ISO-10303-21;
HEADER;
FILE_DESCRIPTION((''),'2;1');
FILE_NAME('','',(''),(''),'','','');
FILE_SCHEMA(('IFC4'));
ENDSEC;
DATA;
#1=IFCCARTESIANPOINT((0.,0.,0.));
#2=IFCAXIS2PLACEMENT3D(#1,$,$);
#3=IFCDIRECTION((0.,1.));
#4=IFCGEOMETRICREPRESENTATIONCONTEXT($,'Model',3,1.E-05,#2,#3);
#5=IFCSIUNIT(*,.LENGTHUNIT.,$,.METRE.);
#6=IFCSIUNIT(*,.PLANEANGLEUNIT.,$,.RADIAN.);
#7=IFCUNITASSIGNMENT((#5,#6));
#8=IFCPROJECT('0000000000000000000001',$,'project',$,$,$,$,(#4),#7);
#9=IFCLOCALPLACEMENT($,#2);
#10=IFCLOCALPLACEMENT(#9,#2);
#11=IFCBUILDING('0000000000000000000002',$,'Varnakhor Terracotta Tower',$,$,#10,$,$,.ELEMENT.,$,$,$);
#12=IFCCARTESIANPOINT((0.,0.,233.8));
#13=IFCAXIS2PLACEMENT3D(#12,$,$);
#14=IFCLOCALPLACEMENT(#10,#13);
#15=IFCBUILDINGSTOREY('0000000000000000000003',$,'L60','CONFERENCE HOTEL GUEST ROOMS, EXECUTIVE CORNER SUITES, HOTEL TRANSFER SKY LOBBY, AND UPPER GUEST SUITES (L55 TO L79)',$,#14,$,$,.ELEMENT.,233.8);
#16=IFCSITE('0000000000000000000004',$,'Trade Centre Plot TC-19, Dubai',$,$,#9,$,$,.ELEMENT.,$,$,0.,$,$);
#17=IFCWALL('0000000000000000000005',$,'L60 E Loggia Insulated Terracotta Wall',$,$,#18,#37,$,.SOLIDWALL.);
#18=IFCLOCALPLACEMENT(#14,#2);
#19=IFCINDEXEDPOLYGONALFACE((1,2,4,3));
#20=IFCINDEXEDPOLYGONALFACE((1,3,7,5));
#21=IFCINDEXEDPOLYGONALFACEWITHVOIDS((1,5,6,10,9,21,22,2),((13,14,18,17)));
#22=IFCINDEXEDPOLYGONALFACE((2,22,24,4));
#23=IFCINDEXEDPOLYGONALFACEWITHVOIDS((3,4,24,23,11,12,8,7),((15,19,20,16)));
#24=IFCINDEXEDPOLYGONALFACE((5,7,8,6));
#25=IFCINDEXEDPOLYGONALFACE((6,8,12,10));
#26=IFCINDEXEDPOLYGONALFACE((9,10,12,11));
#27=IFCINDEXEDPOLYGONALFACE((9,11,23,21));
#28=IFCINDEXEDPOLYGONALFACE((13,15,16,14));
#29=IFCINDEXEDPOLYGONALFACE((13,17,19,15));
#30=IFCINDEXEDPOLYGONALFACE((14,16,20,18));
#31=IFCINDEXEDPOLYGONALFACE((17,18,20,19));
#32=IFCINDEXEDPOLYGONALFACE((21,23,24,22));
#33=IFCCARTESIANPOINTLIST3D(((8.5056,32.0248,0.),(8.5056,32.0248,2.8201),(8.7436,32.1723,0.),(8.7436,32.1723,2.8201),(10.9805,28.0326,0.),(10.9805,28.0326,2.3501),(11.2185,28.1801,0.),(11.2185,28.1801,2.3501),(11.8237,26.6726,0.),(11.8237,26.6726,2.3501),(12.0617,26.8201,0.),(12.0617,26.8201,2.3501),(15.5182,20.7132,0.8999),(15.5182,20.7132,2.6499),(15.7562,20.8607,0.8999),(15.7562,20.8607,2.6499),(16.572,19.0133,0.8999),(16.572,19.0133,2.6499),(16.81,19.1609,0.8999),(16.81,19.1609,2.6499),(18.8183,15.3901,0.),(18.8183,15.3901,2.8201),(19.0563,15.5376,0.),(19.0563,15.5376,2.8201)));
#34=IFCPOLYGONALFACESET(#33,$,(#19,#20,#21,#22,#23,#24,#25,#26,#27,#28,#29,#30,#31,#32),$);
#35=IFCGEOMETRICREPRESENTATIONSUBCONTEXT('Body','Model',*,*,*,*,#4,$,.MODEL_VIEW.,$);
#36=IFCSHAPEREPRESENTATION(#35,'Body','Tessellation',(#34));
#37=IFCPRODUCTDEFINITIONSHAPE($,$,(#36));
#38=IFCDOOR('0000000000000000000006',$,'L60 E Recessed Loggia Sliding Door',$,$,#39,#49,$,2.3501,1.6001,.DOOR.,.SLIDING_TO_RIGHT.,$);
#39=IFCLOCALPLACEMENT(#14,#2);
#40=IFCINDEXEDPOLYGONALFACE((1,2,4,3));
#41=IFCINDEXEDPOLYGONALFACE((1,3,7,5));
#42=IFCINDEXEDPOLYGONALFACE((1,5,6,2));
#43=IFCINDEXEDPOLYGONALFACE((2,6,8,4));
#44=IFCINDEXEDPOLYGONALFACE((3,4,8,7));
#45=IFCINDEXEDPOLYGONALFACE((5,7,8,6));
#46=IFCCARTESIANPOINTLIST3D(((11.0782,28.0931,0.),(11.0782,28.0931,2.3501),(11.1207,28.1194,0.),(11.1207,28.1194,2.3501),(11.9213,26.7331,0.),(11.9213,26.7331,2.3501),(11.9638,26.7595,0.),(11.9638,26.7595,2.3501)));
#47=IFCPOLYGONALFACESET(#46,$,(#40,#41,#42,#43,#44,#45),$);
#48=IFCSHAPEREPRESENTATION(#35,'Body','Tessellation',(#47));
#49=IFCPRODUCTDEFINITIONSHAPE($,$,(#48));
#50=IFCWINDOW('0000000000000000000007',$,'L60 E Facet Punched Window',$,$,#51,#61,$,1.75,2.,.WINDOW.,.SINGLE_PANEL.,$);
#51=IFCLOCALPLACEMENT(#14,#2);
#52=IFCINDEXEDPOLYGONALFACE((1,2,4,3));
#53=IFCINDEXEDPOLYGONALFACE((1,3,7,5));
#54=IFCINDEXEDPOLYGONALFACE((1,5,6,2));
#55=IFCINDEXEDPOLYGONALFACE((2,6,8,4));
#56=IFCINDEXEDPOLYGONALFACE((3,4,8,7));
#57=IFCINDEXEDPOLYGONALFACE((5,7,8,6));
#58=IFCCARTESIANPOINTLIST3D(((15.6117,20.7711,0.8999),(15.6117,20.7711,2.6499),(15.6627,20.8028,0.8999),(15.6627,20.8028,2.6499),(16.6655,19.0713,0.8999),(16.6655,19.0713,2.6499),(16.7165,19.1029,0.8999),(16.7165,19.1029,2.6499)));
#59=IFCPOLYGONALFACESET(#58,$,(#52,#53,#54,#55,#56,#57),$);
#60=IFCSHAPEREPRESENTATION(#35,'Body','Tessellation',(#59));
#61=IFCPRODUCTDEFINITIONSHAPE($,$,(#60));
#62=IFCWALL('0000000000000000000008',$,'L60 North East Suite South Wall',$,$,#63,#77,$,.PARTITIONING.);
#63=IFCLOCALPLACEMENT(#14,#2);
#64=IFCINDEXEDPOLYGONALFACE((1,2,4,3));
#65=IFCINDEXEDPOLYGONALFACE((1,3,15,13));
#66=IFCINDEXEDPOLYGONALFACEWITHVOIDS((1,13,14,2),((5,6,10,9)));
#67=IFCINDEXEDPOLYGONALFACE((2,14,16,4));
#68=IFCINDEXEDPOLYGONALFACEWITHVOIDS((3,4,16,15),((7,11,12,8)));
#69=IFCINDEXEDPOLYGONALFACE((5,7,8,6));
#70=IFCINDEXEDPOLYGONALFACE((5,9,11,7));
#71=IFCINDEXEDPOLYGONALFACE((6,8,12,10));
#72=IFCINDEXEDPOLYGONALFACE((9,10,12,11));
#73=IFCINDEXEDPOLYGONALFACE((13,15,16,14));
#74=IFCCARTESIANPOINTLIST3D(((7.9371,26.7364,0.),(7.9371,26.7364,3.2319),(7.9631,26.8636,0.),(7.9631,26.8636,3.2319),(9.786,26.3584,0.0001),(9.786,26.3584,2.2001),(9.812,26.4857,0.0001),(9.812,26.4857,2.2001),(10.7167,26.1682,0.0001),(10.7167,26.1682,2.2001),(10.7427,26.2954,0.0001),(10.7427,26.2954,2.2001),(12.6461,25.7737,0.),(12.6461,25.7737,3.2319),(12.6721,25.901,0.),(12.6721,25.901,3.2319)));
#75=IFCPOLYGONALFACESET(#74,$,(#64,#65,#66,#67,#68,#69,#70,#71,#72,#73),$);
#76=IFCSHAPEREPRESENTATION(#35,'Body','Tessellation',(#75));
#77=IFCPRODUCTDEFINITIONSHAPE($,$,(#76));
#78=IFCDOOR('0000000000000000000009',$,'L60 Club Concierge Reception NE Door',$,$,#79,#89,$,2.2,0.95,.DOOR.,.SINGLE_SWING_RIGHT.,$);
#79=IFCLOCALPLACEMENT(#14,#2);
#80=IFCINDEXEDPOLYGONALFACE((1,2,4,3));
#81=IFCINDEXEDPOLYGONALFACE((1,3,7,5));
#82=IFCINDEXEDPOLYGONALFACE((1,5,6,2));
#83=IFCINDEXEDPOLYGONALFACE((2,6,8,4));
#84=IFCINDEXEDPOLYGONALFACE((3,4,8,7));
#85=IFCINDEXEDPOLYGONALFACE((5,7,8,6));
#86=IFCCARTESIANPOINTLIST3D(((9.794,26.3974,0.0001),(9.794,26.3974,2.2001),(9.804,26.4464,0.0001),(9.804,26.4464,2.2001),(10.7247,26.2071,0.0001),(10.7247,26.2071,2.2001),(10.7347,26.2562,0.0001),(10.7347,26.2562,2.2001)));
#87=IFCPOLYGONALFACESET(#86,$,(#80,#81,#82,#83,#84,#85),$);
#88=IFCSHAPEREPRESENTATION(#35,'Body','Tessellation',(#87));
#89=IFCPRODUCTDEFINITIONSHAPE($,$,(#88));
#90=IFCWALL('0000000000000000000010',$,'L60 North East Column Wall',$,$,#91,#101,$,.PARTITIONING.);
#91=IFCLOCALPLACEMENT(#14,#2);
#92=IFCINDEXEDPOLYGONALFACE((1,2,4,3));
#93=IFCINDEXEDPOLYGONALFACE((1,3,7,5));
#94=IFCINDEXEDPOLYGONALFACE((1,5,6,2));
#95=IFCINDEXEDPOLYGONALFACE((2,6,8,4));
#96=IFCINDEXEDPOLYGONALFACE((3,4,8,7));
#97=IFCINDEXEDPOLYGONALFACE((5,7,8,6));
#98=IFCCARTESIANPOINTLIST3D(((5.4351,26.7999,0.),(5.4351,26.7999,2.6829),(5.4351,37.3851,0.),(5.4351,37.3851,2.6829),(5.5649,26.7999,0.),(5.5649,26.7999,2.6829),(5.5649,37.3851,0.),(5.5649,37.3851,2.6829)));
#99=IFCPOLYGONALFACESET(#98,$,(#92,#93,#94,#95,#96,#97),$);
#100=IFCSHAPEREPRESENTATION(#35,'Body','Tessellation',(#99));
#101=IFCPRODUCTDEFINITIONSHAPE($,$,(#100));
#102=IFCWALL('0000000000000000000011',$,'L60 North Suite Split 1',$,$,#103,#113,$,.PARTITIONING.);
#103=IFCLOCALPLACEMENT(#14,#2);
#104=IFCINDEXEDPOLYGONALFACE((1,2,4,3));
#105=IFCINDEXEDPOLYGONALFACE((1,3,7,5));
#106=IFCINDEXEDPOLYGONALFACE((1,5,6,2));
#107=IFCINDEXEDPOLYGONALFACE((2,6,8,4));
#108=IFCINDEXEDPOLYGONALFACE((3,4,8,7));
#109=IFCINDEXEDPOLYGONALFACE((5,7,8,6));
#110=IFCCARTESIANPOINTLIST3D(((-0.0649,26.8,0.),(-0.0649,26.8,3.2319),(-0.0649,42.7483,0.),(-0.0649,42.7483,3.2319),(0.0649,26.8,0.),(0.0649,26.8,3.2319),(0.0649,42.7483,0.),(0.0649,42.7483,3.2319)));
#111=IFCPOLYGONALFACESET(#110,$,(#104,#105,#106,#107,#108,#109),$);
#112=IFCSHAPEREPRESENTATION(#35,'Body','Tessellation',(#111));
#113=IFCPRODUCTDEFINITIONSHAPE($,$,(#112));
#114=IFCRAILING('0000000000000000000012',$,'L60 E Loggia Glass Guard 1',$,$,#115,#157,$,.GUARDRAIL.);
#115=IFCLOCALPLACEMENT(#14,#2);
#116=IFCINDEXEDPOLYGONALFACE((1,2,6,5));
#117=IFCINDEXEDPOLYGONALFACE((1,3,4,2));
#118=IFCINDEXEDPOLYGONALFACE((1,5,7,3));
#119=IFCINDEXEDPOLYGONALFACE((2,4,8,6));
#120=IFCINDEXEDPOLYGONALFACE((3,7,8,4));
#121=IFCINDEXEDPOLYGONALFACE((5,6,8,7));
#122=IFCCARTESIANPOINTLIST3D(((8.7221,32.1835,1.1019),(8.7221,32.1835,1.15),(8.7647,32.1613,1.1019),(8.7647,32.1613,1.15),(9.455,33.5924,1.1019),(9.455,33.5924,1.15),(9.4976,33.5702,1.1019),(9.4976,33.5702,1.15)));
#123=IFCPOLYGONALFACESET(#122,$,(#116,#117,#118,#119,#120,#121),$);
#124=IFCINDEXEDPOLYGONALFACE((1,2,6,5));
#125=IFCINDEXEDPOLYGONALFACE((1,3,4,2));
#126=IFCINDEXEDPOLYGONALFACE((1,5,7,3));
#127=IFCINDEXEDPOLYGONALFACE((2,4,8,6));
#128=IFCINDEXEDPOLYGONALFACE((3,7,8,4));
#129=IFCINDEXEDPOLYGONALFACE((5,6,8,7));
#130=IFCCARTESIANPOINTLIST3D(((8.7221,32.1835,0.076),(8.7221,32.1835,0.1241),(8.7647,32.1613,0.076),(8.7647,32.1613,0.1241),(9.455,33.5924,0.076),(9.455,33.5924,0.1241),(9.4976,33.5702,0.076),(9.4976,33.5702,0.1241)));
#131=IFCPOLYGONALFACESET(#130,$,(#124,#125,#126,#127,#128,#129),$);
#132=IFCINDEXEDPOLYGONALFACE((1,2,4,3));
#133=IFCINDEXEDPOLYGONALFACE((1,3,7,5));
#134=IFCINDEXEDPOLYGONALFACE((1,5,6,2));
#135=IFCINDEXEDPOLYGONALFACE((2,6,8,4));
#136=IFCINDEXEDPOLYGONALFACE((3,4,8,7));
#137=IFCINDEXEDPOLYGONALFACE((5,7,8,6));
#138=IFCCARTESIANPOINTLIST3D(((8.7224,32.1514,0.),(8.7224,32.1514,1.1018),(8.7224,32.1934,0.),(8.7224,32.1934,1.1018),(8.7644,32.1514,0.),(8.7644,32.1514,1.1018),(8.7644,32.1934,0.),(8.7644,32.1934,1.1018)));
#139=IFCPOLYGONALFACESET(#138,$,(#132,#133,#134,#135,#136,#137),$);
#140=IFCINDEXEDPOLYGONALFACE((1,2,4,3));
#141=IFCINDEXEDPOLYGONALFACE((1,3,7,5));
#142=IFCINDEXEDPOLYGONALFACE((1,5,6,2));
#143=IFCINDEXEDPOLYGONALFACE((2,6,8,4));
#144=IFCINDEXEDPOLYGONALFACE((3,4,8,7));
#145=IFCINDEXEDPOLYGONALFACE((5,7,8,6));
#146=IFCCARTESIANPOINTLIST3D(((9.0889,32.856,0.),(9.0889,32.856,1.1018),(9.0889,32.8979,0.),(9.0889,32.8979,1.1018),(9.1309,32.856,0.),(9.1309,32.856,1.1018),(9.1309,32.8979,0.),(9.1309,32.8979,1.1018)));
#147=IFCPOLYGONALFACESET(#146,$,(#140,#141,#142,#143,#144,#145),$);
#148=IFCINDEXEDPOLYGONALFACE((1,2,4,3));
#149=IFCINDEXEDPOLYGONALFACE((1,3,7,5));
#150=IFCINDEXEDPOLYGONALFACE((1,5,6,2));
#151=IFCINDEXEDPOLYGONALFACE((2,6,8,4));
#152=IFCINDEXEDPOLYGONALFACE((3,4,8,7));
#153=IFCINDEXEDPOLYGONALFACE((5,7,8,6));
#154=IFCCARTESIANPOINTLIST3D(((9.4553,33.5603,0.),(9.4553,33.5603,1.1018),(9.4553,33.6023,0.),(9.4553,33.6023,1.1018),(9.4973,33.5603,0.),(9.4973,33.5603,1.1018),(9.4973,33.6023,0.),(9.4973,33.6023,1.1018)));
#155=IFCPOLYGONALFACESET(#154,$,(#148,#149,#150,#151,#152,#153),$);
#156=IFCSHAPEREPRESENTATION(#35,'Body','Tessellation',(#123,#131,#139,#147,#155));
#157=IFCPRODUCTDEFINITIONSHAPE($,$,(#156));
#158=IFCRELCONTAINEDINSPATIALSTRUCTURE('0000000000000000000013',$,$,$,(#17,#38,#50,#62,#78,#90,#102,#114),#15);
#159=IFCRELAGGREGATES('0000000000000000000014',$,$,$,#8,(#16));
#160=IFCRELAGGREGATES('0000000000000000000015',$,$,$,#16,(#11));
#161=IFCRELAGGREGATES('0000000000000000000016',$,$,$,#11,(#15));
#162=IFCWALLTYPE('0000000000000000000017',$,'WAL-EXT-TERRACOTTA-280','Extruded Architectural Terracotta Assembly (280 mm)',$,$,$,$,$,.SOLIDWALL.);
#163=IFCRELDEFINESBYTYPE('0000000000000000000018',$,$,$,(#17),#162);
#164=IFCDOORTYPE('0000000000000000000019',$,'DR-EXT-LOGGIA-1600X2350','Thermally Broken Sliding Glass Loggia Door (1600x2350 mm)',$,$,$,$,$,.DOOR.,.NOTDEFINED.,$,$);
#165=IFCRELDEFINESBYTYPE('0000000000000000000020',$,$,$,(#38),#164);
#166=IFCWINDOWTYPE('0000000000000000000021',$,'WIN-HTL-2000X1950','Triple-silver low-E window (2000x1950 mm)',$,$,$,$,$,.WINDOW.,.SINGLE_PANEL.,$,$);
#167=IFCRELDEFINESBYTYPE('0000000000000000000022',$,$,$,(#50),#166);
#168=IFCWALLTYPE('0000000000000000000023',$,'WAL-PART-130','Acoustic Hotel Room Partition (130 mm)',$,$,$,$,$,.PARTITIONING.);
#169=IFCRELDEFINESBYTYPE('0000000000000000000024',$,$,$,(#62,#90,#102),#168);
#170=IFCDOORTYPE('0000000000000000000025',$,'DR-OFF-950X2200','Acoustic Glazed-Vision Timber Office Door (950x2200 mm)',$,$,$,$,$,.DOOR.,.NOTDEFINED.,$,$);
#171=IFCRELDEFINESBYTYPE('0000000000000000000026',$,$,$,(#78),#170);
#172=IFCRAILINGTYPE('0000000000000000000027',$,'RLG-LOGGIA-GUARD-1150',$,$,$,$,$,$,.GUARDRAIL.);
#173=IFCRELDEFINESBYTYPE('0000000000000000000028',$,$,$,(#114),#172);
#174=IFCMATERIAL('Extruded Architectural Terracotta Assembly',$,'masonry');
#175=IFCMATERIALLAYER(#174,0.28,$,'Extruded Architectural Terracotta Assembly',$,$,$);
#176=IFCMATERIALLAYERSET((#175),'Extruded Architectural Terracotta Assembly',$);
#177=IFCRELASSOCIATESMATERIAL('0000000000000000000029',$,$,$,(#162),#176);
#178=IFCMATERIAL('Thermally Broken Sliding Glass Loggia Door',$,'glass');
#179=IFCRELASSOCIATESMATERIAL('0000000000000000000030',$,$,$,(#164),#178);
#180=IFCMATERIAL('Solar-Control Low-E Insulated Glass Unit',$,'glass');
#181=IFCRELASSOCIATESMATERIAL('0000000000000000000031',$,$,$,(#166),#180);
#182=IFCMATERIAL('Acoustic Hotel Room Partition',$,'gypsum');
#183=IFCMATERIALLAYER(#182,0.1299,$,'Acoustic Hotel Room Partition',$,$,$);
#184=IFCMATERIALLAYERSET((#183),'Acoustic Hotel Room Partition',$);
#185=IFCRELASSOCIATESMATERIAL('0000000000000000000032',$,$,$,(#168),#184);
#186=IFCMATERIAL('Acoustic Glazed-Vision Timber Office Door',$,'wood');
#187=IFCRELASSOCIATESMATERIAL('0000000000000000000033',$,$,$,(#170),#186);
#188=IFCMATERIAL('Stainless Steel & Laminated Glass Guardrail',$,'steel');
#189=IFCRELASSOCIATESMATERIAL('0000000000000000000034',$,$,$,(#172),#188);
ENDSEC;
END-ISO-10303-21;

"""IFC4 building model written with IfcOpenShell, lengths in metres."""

from ifc_helpers import new_model, si_unit, direction, frame, frame_2d, origin, origin_2d, place, context, subcontext, project, spatial, rectangle, extrude, source, transform, mapped, material, layer, layer_set, type_object, type_shapes, element, fill, save


model = new_model("IFC4")

# Units and contexts
model_context = context("Model", 3, precision=1e-05, world=origin(), true_north=direction((0.0, 1.0)))
body_context = subcontext(model_context, "Body", "Model", "MODEL_VIEW")
ifc_project = project(units=[si_unit("LENGTHUNIT", "METRE"), si_unit("PLANEANGLEUNIT", "RADIAN")], contexts=[model_context])

# Site, building, storey
site_placement = place(None, origin())
site = spatial("IfcSite", under=ifc_project, at=site_placement, Name="Trade Centre Plot TC-19, Dubai", CompositionType="ELEMENT", RefElevation=0.0)
building_placement = place(site_placement, origin())
building = spatial("IfcBuilding", under=site, at=building_placement, Name="Varnakhor Terracotta Tower", CompositionType="ELEMENT")
storey_placement = place(building_placement, frame((0.0, 0.0, 233.8)))
storey = spatial("IfcBuildingStorey", under=building, at=storey_placement, Name="L60", Description="CONFERENCE HOTEL GUEST ROOMS, EXECUTIVE CORNER SUITES, HOTEL TRANSFER SKY LOBBY, AND UPPER GUEST SUITES (L55 TO L79)", CompositionType="ELEMENT", Elevation=233.8)

# Wall, openings, door, window
ifc_material_1 = material(Name="Extruded Architectural Terracotta Assembly", Category="masonry")
ifc_layer_1 = layer(ifc_material_1, 0.28, Name="Extruded Architectural Terracotta Assembly")
ifc_layer_set_1 = layer_set([ifc_layer_1], Name="Extruded Architectural Terracotta Assembly")
wall_type_1 = type_object("IfcWallType", Name="WAL-EXT-TERRACOTTA-280", Description="Extruded Architectural Terracotta Assembly (280 mm)", PredefinedType="SOLIDWALL", material=ifc_layer_set_1)
wall_1_placement = place(storey_placement, frame((8.6245, 32.0986, 0.0), z_axis=(0.0, 0.0, 1.0), x_axis=(0.52691, -0.849921, 0.0)))
wall_1 = element("IfcWall", 1, at=wall_1_placement, inside=storey, type_object=wall_type_1, Name="L60 E Loggia Insulated Terracotta Wall", PredefinedType="SOLIDWALL", context=body_context, shape_type="SweptSolid", body=[
    extrude(rectangle(XDim=19.572, YDim=0.28, at=frame_2d((9.7861, 0.0))), origin(), (0.0, 0.0, 1.0), 2.8201),
])
opening_1_placement = place(wall_1_placement, frame((4.6973, 0.0, 0.0)))
opening_1 = element("IfcOpeningElement", 2, at=opening_1_placement, cuts=wall_1, PredefinedType="OPENING", context=body_context, shape_type="SweptSolid", body=[
    extrude(rectangle(XDim=1.6001, YDim=2.3501, at=frame_2d((0.8, 1.175))), frame((0.0, 0.1499, 0.0), z_axis=(0.0, -1.0, 0.0), x_axis=(1.0, 0.0, 0.0)), (0.0, 0.0, 1.0), 0.3),
])
opening_2_placement = place(wall_1_placement, frame((13.3091, 0.0, 0.8999)))
opening_2 = element("IfcOpeningElement", 3, at=opening_2_placement, cuts=wall_1, PredefinedType="OPENING", context=body_context, shape_type="SweptSolid", body=[
    extrude(rectangle(XDim=2.0, YDim=1.75, at=frame_2d((1.0, 0.875))), frame((0.0, 0.1499, 0.0), z_axis=(0.0, -1.0, 0.0), x_axis=(1.0, 0.0, 0.0)), (0.0, 0.0, 1.0), 0.3),
])
ifc_material_2 = material(Name="Thermally Broken Sliding Glass Loggia Door", Category="glass")
door_type_1 = type_object("IfcDoorType", Name="DR-EXT-LOGGIA-1600X2350", Description="Thermally Broken Sliding Glass Loggia Door (1600x2350 mm)", OperationType="NOTDEFINED", PredefinedType="DOOR", material=ifc_material_2)
shared_shape_1 = source(origin(), body_context, "Body", "SweptSolid", [
    extrude(rectangle(XDim=1.6001, YDim=2.3501, at=frame_2d((0.8, 1.175))), frame((0.0, 0.0249, 0.0), z_axis=(0.0, -1.0, 0.0), x_axis=(1.0, 0.0, 0.0)), (0.0, 0.0, 1.0), 0.05),
])
type_shapes(door_type_1, [shared_shape_1])
door_1_placement = place(opening_1_placement, origin())
door_1 = element("IfcDoor", 4, at=door_1_placement, inside=storey, type_object=door_type_1, Name="L60 E Recessed Loggia Sliding Door", OperationType="SLIDING_TO_RIGHT", OverallHeight=2.3501, OverallWidth=1.6001, PredefinedType="DOOR", context=body_context, shape_type="MappedRepresentation", body=[
    mapped(shared_shape_1, transform((0.0, 0.0, 0.0), scale=1.0)),
])
fill(opening_1, door_1)
ifc_material_3 = material(Name="Solar-Control Low-E Insulated Glass Unit", Category="glass")
window_type = type_object("IfcWindowType", Name="WIN-HTL-2000X1950", Description="Triple-silver low-E window (2000x1950 mm)", PartitioningType="SINGLE_PANEL", PredefinedType="WINDOW", material=ifc_material_3)
shared_shape_2 = source(origin(), body_context, "Body", "SweptSolid", [
    extrude(rectangle(XDim=2.0, YDim=1.75, at=frame_2d((1.0, 0.875))), frame((0.0, 0.03, 0.0), z_axis=(0.0, -1.0, 0.0), x_axis=(1.0, 0.0, 0.0)), (0.0, 0.0, 1.0), 0.0601),
])
type_shapes(window_type, [shared_shape_2])
window_placement = place(opening_2_placement, origin())
window = element("IfcWindow", 5, at=window_placement, inside=storey, type_object=window_type, Name="L60 E Facet Punched Window", OverallHeight=1.75, OverallWidth=2.0, PartitioningType="SINGLE_PANEL", PredefinedType="WINDOW", context=body_context, shape_type="MappedRepresentation", body=[
    mapped(shared_shape_2, transform((0.0, 0.0, 0.0), scale=1.0)),
])
fill(opening_2, window)

# Wall, opening, door
ifc_material_4 = material(Name="Acoustic Hotel Room Partition", Category="gypsum")
ifc_layer_2 = layer(ifc_material_4, 0.1299, Name="Acoustic Hotel Room Partition")
ifc_layer_set_2 = layer_set([ifc_layer_2], Name="Acoustic Hotel Room Partition")
wall_type_2 = type_object("IfcWallType", Name="WAL-PART-130", Description="Acoustic Hotel Room Partition (130 mm)", PredefinedType="PARTITIONING", material=ifc_layer_set_2)
wall_2_placement = place(storey_placement, frame((7.95, 26.8, 0.0), z_axis=(0.0, 0.0, 1.0), x_axis=(0.979738, -0.200285, 0.0)))
wall_2 = element("IfcWall", 6, at=wall_2_placement, inside=storey, type_object=wall_type_2, Name="L60 North East Suite South Wall", PredefinedType="PARTITIONING", context=body_context, shape_type="SweptSolid", body=[
    extrude(rectangle(XDim=4.8064, YDim=0.1299, at=frame_2d((2.4033, 0.0))), origin(), (0.0, 0.0, 1.0), 3.2319),
])
opening_3_placement = place(wall_2_placement, frame((1.8872, 0.0, 0.0)))
opening_3 = element("IfcOpeningElement", 7, at=opening_3_placement, cuts=wall_2, PredefinedType="OPENING", context=body_context, shape_type="SweptSolid", body=[
    extrude(rectangle(XDim=0.95, YDim=2.2, at=frame_2d((0.4751, 1.1001))), frame((0.0, 0.075, 0.0), z_axis=(0.0, -1.0, 0.0), x_axis=(1.0, 0.0, 0.0)), (0.0, 0.0, 1.0), 0.1499),
])
ifc_material_5 = material(Name="Acoustic Glazed-Vision Timber Office Door", Category="wood")
door_type_2 = type_object("IfcDoorType", Name="DR-OFF-950X2200", Description="Acoustic Glazed-Vision Timber Office Door (950x2200 mm)", OperationType="NOTDEFINED", PredefinedType="DOOR", material=ifc_material_5)
shared_shape_3 = source(origin(), body_context, "Body", "SweptSolid", [
    extrude(rectangle(XDim=0.95, YDim=2.2, at=frame_2d((0.4751, 1.1001))), frame((0.0, 0.0249, 0.0), z_axis=(0.0, -1.0, 0.0), x_axis=(1.0, 0.0, 0.0)), (0.0, 0.0, 1.0), 0.05),
])
type_shapes(door_type_2, [shared_shape_3])
door_2_placement = place(opening_3_placement, origin())
door_2 = element("IfcDoor", 8, at=door_2_placement, inside=storey, type_object=door_type_2, Name="L60 Club Concierge Reception NE Door", OperationType="SINGLE_SWING_RIGHT", OverallHeight=2.2, OverallWidth=0.95, PredefinedType="DOOR", context=body_context, shape_type="MappedRepresentation", body=[
    mapped(shared_shape_3, transform((0.0, 0.0, 0.0), scale=1.0)),
])
fill(opening_3, door_2)

# Walls
wall_3_placement = place(storey_placement, frame((5.5, 26.8, 0.0), z_axis=(0.0, 0.0, 1.0), x_axis=(0.0, 1.0, 0.0)))
element("IfcWall", 9, at=wall_3_placement, inside=storey, type_object=wall_type_2, Name="L60 North East Column Wall", PredefinedType="PARTITIONING", context=body_context, shape_type="SweptSolid", body=[
    extrude(rectangle(XDim=10.5852, YDim=0.1299, at=frame_2d((5.2925, 0.0))), origin(), (0.0, 0.0, 1.0), 2.6829),
])
wall_4_placement = place(storey_placement, frame((0.0, 26.8, 0.0), z_axis=(0.0, 0.0, 1.0), x_axis=(0.0, 1.0, 0.0)))
element("IfcWall", 10, at=wall_4_placement, inside=storey, type_object=wall_type_2, Name="L60 North Suite Split 1", PredefinedType="PARTITIONING", context=body_context, shape_type="SweptSolid", body=[
    extrude(rectangle(XDim=15.9482, YDim=0.1299, at=frame_2d((7.9741, 0.0))), origin(), (0.0, 0.0, 1.0), 3.2319),
])

# Railing
ifc_material_6 = material(Name="Stainless Steel & Laminated Glass Guardrail", Category="steel")
railing_type = type_object("IfcRailingType", Name="RLG-LOGGIA-GUARD-1150", PredefinedType="GUARDRAIL", material=ifc_material_6)
railing_1_placement = place(storey_placement, frame((8.7434, 32.1724, 0.0)))
element("IfcRailing", 11, at=railing_1_placement, inside=storey, type_object=railing_type, Name="L60 E Loggia Glass Guard 1", PredefinedType="GUARDRAIL", context=body_context, shape_type="SweptSolid", body=[
    extrude(rectangle(XDim=0.0481, YDim=0.0481, at=origin_2d()), frame((0.0, 0.0, 1.126), z_axis=(0.461483, 0.887149, 0.0), x_axis=(-0.887149, 0.461483, 0.0)), (0.0, 0.0, 1.0), 1.5881),
    extrude(rectangle(XDim=0.0481, YDim=0.0481, at=origin_2d()), frame((0.0, 0.0, 0.1001), z_axis=(0.461483, 0.887149, 0.0), x_axis=(-0.887149, 0.461483, 0.0)), (0.0, 0.0, 1.0), 1.5881),
    extrude(rectangle(XDim=0.042, YDim=0.042, at=origin_2d()), origin(), (0.0, 0.0, 1.0), 1.1018),
    extrude(rectangle(XDim=0.042, YDim=0.042, at=origin_2d()), frame((0.3665, 0.7046, 0.0)), (0.0, 0.0, 1.0), 1.1018),
    extrude(rectangle(XDim=0.042, YDim=0.042, at=origin_2d()), frame((0.7329, 1.4089, 0.0)), (0.0, 0.0, 1.0), 1.1018),
])

save(model, "model.ifc")
